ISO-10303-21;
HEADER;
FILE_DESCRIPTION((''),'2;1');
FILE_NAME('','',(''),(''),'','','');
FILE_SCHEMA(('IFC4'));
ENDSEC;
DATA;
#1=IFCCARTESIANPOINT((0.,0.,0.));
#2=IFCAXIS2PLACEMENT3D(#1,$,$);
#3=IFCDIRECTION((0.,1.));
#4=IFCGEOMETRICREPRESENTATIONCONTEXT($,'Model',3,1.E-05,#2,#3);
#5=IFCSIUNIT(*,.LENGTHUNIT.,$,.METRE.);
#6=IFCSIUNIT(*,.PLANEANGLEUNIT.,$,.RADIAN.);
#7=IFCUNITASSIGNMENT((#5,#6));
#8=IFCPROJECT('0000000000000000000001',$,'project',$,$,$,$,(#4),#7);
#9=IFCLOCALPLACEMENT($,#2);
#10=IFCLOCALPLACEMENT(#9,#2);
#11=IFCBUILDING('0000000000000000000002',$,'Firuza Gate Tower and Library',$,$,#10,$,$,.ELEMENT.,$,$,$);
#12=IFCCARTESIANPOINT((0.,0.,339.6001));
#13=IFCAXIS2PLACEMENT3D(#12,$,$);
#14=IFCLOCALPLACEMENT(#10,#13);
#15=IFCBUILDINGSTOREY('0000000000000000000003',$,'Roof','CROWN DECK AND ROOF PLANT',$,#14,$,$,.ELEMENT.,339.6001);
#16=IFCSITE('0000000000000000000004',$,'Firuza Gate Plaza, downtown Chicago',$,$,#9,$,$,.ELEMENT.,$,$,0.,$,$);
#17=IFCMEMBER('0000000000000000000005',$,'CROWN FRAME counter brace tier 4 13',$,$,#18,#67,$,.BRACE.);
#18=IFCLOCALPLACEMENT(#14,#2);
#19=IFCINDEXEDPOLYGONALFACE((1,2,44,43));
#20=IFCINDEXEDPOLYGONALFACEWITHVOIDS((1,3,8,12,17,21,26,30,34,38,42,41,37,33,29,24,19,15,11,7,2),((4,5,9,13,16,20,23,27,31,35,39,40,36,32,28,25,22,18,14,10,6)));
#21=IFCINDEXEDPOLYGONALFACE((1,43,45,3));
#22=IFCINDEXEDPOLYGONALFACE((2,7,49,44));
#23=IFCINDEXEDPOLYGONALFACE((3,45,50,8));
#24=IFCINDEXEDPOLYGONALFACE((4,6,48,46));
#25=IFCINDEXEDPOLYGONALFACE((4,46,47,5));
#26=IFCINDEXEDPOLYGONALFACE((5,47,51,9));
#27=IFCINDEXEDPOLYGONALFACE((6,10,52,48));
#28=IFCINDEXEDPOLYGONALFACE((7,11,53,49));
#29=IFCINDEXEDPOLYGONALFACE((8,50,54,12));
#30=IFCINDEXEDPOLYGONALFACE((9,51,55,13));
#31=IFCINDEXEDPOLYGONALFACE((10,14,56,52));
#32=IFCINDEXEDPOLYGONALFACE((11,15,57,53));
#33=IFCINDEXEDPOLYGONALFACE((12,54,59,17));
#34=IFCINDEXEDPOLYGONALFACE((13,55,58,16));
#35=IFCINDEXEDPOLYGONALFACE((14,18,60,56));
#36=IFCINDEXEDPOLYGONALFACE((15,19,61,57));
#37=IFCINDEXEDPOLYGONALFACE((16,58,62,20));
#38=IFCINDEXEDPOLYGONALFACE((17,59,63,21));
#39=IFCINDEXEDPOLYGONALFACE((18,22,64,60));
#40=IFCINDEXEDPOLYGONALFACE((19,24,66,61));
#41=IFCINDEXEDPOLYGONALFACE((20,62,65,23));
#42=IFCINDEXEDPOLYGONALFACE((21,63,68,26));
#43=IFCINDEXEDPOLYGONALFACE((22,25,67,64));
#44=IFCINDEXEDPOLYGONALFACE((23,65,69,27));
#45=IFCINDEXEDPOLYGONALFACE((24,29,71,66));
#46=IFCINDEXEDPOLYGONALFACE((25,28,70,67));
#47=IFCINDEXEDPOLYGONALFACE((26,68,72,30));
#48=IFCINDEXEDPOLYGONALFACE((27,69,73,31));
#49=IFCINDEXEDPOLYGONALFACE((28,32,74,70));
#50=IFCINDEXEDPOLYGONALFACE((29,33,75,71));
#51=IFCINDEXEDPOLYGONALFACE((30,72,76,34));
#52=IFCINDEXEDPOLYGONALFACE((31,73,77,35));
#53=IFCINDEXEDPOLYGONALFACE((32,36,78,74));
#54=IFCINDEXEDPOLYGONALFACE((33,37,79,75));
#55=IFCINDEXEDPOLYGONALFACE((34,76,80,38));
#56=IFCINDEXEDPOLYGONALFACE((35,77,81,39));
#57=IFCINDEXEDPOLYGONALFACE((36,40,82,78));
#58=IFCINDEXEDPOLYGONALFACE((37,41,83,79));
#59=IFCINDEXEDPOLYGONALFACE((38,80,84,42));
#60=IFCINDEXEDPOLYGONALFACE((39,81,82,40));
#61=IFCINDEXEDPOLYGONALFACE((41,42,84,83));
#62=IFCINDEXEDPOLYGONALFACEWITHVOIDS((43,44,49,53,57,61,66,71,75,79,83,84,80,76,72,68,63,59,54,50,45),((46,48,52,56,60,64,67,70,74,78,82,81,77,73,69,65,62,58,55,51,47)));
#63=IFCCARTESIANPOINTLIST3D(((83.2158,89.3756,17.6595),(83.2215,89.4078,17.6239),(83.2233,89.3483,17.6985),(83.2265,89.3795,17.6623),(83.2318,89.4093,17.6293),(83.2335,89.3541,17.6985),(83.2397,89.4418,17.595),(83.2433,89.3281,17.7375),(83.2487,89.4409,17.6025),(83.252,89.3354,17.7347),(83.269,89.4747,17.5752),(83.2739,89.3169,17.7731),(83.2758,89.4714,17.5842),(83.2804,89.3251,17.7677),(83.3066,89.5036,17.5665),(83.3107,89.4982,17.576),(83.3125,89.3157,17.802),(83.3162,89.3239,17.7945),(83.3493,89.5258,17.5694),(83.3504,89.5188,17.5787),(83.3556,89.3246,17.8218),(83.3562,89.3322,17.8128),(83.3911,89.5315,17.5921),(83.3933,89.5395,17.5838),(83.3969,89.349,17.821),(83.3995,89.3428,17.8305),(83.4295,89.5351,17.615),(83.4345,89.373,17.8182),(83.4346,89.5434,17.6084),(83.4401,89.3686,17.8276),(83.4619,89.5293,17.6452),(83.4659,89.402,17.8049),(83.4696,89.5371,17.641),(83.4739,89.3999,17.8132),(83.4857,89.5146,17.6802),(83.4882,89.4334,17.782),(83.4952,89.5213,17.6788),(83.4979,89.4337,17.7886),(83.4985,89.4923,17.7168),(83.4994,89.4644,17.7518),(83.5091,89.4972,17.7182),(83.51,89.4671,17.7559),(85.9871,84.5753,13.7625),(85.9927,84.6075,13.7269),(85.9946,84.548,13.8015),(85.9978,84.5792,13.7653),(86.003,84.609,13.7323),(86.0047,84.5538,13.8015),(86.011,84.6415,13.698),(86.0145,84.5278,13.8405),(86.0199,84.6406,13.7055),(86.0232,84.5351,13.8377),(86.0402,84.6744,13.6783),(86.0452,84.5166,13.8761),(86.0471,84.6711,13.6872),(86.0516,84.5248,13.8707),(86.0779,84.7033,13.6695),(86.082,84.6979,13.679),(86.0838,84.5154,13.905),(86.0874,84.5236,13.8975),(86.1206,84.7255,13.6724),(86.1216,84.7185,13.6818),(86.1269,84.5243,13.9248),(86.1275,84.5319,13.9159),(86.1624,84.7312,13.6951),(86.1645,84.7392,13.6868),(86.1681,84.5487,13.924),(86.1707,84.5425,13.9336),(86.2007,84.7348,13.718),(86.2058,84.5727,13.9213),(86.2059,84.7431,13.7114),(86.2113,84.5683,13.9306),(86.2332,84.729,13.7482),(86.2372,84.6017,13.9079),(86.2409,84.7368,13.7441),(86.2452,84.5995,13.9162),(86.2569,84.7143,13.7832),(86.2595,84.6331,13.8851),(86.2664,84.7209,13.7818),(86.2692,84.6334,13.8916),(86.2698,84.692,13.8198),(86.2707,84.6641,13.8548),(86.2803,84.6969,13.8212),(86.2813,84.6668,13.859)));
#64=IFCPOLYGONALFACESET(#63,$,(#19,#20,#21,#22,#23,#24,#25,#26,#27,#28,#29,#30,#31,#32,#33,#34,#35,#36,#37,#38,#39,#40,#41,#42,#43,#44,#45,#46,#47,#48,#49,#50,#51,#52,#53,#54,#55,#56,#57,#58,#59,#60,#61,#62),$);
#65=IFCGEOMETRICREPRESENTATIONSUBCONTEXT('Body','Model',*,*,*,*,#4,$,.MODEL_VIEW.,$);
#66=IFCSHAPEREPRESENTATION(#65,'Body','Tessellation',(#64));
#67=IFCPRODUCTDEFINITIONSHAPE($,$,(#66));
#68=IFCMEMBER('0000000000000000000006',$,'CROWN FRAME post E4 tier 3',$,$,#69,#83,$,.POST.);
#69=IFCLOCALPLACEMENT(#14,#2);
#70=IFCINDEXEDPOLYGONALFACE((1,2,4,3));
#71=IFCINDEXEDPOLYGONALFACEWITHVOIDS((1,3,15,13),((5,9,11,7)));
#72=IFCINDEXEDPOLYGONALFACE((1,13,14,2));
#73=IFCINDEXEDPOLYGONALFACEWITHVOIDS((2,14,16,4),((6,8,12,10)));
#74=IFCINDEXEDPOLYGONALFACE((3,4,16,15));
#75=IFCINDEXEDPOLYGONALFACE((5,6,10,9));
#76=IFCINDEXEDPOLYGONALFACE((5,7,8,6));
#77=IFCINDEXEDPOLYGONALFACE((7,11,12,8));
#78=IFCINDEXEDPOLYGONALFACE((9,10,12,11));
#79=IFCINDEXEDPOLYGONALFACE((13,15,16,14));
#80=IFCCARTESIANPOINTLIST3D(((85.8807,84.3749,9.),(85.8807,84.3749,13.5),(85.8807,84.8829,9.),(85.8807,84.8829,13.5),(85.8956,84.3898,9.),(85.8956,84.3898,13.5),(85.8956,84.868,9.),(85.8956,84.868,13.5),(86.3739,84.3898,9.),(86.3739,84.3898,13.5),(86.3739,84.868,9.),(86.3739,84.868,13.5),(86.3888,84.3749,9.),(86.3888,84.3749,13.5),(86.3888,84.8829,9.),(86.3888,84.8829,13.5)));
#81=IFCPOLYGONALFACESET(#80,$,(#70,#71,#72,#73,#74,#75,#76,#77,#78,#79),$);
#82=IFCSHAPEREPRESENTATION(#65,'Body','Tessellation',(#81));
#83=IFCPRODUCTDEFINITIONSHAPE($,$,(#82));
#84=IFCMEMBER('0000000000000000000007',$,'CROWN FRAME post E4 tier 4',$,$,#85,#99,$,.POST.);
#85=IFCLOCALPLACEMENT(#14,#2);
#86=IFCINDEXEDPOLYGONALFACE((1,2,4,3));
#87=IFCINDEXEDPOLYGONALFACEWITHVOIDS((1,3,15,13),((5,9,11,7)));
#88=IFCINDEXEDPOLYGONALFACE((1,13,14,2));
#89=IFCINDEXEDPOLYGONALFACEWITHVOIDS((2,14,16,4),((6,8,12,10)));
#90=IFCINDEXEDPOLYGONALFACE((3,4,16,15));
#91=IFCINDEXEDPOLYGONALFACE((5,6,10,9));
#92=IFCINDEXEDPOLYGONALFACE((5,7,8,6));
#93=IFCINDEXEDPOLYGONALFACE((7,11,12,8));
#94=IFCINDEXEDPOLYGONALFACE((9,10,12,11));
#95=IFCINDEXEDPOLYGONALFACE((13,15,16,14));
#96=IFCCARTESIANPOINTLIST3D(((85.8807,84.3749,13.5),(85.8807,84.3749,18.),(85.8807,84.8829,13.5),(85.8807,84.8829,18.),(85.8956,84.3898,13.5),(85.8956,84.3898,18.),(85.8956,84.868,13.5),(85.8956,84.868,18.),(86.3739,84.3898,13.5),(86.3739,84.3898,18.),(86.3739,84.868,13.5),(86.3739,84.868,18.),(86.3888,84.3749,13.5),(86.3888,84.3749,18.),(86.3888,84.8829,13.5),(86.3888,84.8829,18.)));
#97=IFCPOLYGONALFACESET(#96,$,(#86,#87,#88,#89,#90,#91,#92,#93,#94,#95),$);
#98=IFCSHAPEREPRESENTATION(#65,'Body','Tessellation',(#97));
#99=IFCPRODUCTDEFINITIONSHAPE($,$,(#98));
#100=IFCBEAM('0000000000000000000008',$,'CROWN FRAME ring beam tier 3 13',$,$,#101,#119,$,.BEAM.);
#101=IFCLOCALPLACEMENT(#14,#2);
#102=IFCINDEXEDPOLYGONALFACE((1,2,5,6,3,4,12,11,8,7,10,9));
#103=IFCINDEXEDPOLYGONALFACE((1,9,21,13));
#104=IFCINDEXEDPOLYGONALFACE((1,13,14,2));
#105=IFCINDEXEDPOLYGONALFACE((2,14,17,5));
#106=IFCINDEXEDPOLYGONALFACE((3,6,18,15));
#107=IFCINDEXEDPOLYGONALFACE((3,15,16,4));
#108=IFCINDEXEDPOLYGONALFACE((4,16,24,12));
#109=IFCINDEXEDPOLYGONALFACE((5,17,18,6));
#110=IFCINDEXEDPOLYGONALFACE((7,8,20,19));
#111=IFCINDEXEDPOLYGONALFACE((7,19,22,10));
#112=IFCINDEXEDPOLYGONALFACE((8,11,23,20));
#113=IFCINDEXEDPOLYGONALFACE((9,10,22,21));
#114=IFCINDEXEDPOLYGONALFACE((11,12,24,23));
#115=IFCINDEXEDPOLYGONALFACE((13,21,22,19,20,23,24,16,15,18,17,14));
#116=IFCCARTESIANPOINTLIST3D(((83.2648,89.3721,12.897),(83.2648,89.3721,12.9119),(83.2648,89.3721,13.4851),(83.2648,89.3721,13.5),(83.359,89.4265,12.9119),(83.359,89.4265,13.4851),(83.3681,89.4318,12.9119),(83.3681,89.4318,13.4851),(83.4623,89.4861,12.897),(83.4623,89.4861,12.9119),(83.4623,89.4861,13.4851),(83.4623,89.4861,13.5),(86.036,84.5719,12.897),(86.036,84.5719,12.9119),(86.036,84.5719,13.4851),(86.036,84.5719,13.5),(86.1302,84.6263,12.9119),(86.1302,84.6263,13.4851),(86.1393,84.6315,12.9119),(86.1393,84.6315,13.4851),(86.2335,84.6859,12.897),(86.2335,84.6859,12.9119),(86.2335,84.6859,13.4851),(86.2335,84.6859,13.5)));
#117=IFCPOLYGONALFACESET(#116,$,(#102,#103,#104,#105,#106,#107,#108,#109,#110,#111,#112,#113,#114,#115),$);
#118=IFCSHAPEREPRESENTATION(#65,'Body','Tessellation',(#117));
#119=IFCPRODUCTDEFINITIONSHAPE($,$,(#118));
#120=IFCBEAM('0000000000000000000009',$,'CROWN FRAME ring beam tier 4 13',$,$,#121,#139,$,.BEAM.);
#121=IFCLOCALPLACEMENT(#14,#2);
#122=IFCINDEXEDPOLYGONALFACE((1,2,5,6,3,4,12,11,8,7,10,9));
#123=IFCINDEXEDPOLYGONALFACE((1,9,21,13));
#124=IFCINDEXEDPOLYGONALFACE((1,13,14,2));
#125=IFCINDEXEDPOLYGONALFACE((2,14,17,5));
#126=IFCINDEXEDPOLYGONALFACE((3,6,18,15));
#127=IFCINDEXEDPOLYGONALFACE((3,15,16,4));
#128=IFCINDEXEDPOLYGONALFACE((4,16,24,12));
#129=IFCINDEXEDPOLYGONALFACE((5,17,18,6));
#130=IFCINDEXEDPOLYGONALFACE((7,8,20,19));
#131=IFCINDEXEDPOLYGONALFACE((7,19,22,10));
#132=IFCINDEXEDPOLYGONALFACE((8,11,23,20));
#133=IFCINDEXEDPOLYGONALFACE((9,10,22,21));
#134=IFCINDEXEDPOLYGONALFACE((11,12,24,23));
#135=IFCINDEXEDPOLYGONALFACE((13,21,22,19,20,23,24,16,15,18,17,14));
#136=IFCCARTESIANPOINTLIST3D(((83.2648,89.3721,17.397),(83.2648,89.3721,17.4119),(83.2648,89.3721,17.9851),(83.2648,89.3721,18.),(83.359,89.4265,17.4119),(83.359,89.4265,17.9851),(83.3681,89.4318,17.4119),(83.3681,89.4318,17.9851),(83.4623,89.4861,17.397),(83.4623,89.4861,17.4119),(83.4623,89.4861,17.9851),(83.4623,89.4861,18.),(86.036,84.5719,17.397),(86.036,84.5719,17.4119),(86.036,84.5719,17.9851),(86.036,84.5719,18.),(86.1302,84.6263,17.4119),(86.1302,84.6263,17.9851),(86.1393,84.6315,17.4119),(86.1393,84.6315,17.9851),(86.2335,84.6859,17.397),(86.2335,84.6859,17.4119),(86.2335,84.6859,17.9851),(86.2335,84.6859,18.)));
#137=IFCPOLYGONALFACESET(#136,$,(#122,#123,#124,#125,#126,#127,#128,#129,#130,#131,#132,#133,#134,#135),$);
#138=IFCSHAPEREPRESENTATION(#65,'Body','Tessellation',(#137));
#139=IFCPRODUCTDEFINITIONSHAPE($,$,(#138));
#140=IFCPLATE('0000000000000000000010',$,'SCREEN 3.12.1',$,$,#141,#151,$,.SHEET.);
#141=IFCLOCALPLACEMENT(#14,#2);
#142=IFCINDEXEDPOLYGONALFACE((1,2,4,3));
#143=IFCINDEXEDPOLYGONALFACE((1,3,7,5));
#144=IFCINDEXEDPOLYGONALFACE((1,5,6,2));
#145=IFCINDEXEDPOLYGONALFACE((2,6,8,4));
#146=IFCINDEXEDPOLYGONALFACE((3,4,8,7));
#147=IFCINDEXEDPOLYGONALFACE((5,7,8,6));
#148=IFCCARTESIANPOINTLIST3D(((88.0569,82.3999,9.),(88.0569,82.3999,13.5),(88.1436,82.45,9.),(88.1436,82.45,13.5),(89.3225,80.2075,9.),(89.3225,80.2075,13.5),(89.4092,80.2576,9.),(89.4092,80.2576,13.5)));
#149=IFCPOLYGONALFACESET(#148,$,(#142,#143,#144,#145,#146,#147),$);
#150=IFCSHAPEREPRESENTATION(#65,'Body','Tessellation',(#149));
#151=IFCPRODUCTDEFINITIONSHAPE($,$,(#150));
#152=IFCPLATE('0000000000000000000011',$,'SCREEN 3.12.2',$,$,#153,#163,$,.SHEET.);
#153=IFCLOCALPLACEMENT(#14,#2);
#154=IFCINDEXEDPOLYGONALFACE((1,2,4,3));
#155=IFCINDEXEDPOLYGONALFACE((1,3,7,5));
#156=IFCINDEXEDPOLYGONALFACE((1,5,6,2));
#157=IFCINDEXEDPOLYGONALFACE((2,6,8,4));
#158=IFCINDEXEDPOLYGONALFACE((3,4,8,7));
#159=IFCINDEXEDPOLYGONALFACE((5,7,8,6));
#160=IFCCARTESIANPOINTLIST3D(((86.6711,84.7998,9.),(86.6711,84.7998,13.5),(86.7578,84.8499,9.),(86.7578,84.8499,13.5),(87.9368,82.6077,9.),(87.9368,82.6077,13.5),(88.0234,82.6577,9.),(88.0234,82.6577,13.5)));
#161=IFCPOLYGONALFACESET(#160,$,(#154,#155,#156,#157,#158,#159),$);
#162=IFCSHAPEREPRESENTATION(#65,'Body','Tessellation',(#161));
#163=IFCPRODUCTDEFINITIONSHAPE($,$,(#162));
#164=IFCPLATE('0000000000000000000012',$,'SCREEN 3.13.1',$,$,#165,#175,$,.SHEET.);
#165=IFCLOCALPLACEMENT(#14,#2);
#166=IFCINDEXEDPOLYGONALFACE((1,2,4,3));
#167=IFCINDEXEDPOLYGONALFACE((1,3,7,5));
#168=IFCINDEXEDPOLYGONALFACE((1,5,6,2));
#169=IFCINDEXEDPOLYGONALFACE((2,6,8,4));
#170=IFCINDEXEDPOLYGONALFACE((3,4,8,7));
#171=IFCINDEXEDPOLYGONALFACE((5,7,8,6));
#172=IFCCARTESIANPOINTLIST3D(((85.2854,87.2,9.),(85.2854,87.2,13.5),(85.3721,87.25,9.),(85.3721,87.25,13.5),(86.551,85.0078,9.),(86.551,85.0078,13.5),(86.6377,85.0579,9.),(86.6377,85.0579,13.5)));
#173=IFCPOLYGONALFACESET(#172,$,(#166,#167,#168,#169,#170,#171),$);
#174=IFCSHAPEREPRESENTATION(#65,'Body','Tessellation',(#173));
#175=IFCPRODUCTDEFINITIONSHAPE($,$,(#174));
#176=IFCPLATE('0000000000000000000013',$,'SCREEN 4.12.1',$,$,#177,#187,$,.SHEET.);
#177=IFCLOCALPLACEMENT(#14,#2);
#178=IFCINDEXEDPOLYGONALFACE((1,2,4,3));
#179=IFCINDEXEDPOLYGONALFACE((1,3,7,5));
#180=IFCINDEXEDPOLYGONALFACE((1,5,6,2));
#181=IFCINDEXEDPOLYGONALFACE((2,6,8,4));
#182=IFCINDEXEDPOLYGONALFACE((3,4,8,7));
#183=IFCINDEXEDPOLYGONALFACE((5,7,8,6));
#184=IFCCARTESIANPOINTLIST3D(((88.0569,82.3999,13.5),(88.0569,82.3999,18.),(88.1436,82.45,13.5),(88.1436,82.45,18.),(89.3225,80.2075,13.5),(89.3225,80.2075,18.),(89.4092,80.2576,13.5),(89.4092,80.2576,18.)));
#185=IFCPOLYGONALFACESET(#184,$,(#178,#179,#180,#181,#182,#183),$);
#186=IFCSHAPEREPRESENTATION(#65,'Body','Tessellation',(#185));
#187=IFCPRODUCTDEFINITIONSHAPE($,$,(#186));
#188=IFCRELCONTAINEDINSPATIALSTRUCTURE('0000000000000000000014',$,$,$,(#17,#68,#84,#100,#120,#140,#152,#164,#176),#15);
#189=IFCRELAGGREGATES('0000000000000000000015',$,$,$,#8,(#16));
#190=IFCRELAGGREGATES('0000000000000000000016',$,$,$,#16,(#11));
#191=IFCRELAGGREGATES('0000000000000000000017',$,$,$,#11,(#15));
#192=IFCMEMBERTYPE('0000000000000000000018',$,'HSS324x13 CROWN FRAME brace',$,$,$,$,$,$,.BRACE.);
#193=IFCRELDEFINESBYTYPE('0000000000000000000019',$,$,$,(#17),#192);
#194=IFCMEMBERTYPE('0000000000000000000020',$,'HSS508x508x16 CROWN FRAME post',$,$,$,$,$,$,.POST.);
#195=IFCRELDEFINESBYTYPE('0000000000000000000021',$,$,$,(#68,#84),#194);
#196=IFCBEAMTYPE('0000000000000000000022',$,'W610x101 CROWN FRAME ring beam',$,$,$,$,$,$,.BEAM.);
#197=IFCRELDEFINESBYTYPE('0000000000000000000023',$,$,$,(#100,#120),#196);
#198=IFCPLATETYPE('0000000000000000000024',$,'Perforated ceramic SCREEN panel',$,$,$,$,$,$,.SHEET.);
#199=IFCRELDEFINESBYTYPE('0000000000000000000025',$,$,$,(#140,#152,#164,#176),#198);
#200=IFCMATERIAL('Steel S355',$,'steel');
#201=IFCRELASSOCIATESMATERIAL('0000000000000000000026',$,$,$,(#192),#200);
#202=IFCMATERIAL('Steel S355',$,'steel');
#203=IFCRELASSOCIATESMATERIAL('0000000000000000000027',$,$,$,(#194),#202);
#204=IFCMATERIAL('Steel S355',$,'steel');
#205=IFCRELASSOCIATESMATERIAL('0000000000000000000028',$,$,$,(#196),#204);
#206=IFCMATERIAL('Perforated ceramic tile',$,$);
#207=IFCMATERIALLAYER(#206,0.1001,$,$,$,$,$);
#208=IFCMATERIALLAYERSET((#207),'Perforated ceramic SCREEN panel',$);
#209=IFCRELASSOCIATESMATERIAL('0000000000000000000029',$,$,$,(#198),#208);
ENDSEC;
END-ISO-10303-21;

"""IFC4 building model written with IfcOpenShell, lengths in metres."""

from ifc_helpers import new_model, si_unit, direction, frame, origin, origin_2d, place, context, subcontext, project, spatial, polyline, hollow_rectangle, hollow_circle, i_section, outline, extrude, material, layer, layer_set, material_profile, profile_set, type_object, element, save


model = new_model("IFC4")

# Units and contexts
model_context = context("Model", 3, precision=1e-05, world=origin(), true_north=direction((0.0, 1.0)))
body_context = subcontext(model_context, "Body", "Model", "MODEL_VIEW")
ifc_project = project(units=[si_unit("LENGTHUNIT", "METRE"), si_unit("PLANEANGLEUNIT", "RADIAN")], contexts=[model_context])

# Site, building, storey
site_placement = place(None, origin())
site = spatial("IfcSite", under=ifc_project, at=site_placement, Name="Firuza Gate Plaza, downtown Chicago", CompositionType="ELEMENT", RefElevation=0.0)
building_placement = place(site_placement, origin())
building = spatial("IfcBuilding", under=site, at=building_placement, Name="Firuza Gate Tower and Library", CompositionType="ELEMENT")
storey_placement = place(building_placement, frame((0.0, 0.0, 339.6001)))
storey = spatial("IfcBuildingStorey", under=building, at=storey_placement, Name="Roof", Description="CROWN DECK AND ROOF PLANT", CompositionType="ELEMENT", Elevation=339.6001)

# Members
ifc_material_1 = material(Name="Steel S355", Category="steel")
ifc_material_profile_1 = material_profile(ifc_material_1, hollow_circle(Radius=0.1619, WallThickness=0.0117, at=origin_2d()))
ifc_profile_set_1 = profile_set([ifc_material_profile_1], Name="Steel S355")
member_type_1 = type_object("IfcMemberType", Name="HSS324x13 CROWN FRAME brace", PredefinedType="BRACE", material=ifc_profile_set_1)
for number, where, z_axis, x_axis, name in (
    (1, (86.1348, 84.6289, 13.8015), (-0.409002, 0.708466, 0.575147), (-0.866042, -0.499972, 0.0), "CROWN FRAME counter brace tier 4 13"),
):
    element("IfcMember", number, at=place(storey_placement, frame(where, z_axis=z_axis, x_axis=x_axis)), inside=storey, type_object=member_type_1, Name=name, PredefinedType="BRACE", context=body_context, shape_type="SweptSolid", body=[
        extrude(hollow_circle(Radius=0.1619, WallThickness=0.0117, at=origin_2d()), origin(), (0.0, 0.0, 1.0), 6.7756),
    ])
ifc_material_2 = material(Name="Steel S355", Category="steel")
ifc_material_profile_2 = material_profile(ifc_material_2, hollow_rectangle(XDim=0.5081, YDim=0.5081, WallThickness=0.0149, at=origin_2d()))
ifc_profile_set_2 = profile_set([ifc_material_profile_2], Name="Steel S355")
member_type_2 = type_object("IfcMemberType", Name="HSS508x508x16 CROWN FRAME post", PredefinedType="POST", material=ifc_profile_set_2)
for number, where, z_axis, x_axis, name in (
    (2, (86.1348, 84.6289, 9.0), (0.0, 0.0, 1.0), (1.0, 0.0, 0.0), "CROWN FRAME post E4 tier 3"),
    (3, (86.1348, 84.6289, 13.5), (0.0, 0.0, 1.0), (1.0, 0.0, 0.0), "CROWN FRAME post E4 tier 4"),
):
    element("IfcMember", number, at=place(storey_placement, frame(where, z_axis=z_axis, x_axis=x_axis)), inside=storey, type_object=member_type_2, Name=name, PredefinedType="POST", context=body_context, shape_type="SweptSolid", body=[
        extrude(hollow_rectangle(XDim=0.5081, YDim=0.5081, WallThickness=0.0149, at=origin_2d()), origin(), (0.0, 0.0, 1.0), 4.5),
    ])

# Beams
ifc_material_3 = material(Name="Steel S355", Category="steel")
ifc_material_profile_3 = material_profile(ifc_material_3, i_section(OverallWidth=0.228, OverallDepth=0.603, WebThickness=0.0105, FlangeThickness=0.0149, at=origin_2d()))
ifc_profile_set_3 = profile_set([ifc_material_profile_3], Name="Steel S355")
beam_type = type_object("IfcBeamType", Name="W610x101 CROWN FRAME ring beam", PredefinedType="BEAM", material=ifc_profile_set_3)
for number, where, z_axis, x_axis, name in (
    (4, (86.1348, 84.6289, 13.1985), (-0.499972, 0.866042, 0.0), (-0.866042, -0.499972, 0.0), "CROWN FRAME ring beam tier 3 13"),
    (5, (86.1348, 84.6289, 17.6985), (-0.499972, 0.866042, 0.0), (-0.866042, -0.499972, 0.0), "CROWN FRAME ring beam tier 4 13"),
):
    element("IfcBeam", number, at=place(storey_placement, frame(where, z_axis=z_axis, x_axis=x_axis)), inside=storey, type_object=beam_type, Name=name, PredefinedType="BEAM", context=body_context, shape_type="SweptSolid", body=[
        extrude(i_section(OverallWidth=0.228, OverallDepth=0.603, WebThickness=0.0105, FlangeThickness=0.0149, at=origin_2d()), origin(), (0.0, 0.0, 1.0), 5.5427),
    ])

# Plates
ifc_material_4 = material(Name="Perforated ceramic tile")
ifc_layer_1 = layer(ifc_material_4, 0.1001)
ifc_layer_set_1 = layer_set([ifc_layer_1], Name="Perforated ceramic SCREEN panel")
plate_type_1 = type_object("IfcPlateType", Name="Perforated ceramic SCREEN panel", PredefinedType="SHEET", material=ifc_layer_set_1)
plate_1_placement = place(storey_placement, frame((89.4092, 80.2576, 9.0), z_axis=(0.866051, 0.499956, 0.0), x_axis=(-0.499956, 0.866051, 0.0)))
element("IfcPlate", 6, at=plate_1_placement, inside=storey, type_object=plate_type_1, Name="SCREEN 3.12.1", PredefinedType="SHEET", context=body_context, shape_type="SweptSolid", body=[
    extrude(outline(polyline([(0.0, 0.0), (2.5315, 0.0), (2.5315, 4.5), (0.0, 4.5), (0.0, 0.0)])), origin(), (0.0, 0.0, -1.0), 0.1001),
])
for number, where, z_axis, x_axis, name in (
    (7, (88.0234, 82.6577, 9.0), (0.866027, 0.499998, 0.0), (-0.499998, 0.866027, 0.0), "SCREEN 3.12.2"),
    (8, (86.6377, 85.0579, 9.0), (0.866027, 0.499998, 0.0), (-0.499998, 0.866027, 0.0), "SCREEN 3.13.1"),
):
    element("IfcPlate", number, at=place(storey_placement, frame(where, z_axis=z_axis, x_axis=x_axis)), inside=storey, type_object=plate_type_1, Name=name, PredefinedType="SHEET", context=body_context, shape_type="SweptSolid", body=[
        extrude(outline(polyline([(0.0, 0.0), (2.5313, 0.0), (2.5313, 4.5), (0.0, 4.5), (0.0, 0.0)])), origin(), (0.0, 0.0, -1.0), 0.1001),
    ])
plate_2_placement = place(storey_placement, frame((89.4092, 80.2576, 13.5), z_axis=(0.866051, 0.499956, 0.0), x_axis=(-0.499956, 0.866051, 0.0)))
element("IfcPlate", 9, at=plate_2_placement, inside=storey, type_object=plate_type_1, Name="SCREEN 4.12.1", PredefinedType="SHEET", context=body_context, shape_type="SweptSolid", body=[
    extrude(outline(polyline([(0.0, 0.0), (2.5315, 0.0), (2.5315, 4.5), (0.0, 4.5), (0.0, 0.0)])), origin(), (0.0, 0.0, -1.0), 0.1001),
])

save(model, "model.ifc")
